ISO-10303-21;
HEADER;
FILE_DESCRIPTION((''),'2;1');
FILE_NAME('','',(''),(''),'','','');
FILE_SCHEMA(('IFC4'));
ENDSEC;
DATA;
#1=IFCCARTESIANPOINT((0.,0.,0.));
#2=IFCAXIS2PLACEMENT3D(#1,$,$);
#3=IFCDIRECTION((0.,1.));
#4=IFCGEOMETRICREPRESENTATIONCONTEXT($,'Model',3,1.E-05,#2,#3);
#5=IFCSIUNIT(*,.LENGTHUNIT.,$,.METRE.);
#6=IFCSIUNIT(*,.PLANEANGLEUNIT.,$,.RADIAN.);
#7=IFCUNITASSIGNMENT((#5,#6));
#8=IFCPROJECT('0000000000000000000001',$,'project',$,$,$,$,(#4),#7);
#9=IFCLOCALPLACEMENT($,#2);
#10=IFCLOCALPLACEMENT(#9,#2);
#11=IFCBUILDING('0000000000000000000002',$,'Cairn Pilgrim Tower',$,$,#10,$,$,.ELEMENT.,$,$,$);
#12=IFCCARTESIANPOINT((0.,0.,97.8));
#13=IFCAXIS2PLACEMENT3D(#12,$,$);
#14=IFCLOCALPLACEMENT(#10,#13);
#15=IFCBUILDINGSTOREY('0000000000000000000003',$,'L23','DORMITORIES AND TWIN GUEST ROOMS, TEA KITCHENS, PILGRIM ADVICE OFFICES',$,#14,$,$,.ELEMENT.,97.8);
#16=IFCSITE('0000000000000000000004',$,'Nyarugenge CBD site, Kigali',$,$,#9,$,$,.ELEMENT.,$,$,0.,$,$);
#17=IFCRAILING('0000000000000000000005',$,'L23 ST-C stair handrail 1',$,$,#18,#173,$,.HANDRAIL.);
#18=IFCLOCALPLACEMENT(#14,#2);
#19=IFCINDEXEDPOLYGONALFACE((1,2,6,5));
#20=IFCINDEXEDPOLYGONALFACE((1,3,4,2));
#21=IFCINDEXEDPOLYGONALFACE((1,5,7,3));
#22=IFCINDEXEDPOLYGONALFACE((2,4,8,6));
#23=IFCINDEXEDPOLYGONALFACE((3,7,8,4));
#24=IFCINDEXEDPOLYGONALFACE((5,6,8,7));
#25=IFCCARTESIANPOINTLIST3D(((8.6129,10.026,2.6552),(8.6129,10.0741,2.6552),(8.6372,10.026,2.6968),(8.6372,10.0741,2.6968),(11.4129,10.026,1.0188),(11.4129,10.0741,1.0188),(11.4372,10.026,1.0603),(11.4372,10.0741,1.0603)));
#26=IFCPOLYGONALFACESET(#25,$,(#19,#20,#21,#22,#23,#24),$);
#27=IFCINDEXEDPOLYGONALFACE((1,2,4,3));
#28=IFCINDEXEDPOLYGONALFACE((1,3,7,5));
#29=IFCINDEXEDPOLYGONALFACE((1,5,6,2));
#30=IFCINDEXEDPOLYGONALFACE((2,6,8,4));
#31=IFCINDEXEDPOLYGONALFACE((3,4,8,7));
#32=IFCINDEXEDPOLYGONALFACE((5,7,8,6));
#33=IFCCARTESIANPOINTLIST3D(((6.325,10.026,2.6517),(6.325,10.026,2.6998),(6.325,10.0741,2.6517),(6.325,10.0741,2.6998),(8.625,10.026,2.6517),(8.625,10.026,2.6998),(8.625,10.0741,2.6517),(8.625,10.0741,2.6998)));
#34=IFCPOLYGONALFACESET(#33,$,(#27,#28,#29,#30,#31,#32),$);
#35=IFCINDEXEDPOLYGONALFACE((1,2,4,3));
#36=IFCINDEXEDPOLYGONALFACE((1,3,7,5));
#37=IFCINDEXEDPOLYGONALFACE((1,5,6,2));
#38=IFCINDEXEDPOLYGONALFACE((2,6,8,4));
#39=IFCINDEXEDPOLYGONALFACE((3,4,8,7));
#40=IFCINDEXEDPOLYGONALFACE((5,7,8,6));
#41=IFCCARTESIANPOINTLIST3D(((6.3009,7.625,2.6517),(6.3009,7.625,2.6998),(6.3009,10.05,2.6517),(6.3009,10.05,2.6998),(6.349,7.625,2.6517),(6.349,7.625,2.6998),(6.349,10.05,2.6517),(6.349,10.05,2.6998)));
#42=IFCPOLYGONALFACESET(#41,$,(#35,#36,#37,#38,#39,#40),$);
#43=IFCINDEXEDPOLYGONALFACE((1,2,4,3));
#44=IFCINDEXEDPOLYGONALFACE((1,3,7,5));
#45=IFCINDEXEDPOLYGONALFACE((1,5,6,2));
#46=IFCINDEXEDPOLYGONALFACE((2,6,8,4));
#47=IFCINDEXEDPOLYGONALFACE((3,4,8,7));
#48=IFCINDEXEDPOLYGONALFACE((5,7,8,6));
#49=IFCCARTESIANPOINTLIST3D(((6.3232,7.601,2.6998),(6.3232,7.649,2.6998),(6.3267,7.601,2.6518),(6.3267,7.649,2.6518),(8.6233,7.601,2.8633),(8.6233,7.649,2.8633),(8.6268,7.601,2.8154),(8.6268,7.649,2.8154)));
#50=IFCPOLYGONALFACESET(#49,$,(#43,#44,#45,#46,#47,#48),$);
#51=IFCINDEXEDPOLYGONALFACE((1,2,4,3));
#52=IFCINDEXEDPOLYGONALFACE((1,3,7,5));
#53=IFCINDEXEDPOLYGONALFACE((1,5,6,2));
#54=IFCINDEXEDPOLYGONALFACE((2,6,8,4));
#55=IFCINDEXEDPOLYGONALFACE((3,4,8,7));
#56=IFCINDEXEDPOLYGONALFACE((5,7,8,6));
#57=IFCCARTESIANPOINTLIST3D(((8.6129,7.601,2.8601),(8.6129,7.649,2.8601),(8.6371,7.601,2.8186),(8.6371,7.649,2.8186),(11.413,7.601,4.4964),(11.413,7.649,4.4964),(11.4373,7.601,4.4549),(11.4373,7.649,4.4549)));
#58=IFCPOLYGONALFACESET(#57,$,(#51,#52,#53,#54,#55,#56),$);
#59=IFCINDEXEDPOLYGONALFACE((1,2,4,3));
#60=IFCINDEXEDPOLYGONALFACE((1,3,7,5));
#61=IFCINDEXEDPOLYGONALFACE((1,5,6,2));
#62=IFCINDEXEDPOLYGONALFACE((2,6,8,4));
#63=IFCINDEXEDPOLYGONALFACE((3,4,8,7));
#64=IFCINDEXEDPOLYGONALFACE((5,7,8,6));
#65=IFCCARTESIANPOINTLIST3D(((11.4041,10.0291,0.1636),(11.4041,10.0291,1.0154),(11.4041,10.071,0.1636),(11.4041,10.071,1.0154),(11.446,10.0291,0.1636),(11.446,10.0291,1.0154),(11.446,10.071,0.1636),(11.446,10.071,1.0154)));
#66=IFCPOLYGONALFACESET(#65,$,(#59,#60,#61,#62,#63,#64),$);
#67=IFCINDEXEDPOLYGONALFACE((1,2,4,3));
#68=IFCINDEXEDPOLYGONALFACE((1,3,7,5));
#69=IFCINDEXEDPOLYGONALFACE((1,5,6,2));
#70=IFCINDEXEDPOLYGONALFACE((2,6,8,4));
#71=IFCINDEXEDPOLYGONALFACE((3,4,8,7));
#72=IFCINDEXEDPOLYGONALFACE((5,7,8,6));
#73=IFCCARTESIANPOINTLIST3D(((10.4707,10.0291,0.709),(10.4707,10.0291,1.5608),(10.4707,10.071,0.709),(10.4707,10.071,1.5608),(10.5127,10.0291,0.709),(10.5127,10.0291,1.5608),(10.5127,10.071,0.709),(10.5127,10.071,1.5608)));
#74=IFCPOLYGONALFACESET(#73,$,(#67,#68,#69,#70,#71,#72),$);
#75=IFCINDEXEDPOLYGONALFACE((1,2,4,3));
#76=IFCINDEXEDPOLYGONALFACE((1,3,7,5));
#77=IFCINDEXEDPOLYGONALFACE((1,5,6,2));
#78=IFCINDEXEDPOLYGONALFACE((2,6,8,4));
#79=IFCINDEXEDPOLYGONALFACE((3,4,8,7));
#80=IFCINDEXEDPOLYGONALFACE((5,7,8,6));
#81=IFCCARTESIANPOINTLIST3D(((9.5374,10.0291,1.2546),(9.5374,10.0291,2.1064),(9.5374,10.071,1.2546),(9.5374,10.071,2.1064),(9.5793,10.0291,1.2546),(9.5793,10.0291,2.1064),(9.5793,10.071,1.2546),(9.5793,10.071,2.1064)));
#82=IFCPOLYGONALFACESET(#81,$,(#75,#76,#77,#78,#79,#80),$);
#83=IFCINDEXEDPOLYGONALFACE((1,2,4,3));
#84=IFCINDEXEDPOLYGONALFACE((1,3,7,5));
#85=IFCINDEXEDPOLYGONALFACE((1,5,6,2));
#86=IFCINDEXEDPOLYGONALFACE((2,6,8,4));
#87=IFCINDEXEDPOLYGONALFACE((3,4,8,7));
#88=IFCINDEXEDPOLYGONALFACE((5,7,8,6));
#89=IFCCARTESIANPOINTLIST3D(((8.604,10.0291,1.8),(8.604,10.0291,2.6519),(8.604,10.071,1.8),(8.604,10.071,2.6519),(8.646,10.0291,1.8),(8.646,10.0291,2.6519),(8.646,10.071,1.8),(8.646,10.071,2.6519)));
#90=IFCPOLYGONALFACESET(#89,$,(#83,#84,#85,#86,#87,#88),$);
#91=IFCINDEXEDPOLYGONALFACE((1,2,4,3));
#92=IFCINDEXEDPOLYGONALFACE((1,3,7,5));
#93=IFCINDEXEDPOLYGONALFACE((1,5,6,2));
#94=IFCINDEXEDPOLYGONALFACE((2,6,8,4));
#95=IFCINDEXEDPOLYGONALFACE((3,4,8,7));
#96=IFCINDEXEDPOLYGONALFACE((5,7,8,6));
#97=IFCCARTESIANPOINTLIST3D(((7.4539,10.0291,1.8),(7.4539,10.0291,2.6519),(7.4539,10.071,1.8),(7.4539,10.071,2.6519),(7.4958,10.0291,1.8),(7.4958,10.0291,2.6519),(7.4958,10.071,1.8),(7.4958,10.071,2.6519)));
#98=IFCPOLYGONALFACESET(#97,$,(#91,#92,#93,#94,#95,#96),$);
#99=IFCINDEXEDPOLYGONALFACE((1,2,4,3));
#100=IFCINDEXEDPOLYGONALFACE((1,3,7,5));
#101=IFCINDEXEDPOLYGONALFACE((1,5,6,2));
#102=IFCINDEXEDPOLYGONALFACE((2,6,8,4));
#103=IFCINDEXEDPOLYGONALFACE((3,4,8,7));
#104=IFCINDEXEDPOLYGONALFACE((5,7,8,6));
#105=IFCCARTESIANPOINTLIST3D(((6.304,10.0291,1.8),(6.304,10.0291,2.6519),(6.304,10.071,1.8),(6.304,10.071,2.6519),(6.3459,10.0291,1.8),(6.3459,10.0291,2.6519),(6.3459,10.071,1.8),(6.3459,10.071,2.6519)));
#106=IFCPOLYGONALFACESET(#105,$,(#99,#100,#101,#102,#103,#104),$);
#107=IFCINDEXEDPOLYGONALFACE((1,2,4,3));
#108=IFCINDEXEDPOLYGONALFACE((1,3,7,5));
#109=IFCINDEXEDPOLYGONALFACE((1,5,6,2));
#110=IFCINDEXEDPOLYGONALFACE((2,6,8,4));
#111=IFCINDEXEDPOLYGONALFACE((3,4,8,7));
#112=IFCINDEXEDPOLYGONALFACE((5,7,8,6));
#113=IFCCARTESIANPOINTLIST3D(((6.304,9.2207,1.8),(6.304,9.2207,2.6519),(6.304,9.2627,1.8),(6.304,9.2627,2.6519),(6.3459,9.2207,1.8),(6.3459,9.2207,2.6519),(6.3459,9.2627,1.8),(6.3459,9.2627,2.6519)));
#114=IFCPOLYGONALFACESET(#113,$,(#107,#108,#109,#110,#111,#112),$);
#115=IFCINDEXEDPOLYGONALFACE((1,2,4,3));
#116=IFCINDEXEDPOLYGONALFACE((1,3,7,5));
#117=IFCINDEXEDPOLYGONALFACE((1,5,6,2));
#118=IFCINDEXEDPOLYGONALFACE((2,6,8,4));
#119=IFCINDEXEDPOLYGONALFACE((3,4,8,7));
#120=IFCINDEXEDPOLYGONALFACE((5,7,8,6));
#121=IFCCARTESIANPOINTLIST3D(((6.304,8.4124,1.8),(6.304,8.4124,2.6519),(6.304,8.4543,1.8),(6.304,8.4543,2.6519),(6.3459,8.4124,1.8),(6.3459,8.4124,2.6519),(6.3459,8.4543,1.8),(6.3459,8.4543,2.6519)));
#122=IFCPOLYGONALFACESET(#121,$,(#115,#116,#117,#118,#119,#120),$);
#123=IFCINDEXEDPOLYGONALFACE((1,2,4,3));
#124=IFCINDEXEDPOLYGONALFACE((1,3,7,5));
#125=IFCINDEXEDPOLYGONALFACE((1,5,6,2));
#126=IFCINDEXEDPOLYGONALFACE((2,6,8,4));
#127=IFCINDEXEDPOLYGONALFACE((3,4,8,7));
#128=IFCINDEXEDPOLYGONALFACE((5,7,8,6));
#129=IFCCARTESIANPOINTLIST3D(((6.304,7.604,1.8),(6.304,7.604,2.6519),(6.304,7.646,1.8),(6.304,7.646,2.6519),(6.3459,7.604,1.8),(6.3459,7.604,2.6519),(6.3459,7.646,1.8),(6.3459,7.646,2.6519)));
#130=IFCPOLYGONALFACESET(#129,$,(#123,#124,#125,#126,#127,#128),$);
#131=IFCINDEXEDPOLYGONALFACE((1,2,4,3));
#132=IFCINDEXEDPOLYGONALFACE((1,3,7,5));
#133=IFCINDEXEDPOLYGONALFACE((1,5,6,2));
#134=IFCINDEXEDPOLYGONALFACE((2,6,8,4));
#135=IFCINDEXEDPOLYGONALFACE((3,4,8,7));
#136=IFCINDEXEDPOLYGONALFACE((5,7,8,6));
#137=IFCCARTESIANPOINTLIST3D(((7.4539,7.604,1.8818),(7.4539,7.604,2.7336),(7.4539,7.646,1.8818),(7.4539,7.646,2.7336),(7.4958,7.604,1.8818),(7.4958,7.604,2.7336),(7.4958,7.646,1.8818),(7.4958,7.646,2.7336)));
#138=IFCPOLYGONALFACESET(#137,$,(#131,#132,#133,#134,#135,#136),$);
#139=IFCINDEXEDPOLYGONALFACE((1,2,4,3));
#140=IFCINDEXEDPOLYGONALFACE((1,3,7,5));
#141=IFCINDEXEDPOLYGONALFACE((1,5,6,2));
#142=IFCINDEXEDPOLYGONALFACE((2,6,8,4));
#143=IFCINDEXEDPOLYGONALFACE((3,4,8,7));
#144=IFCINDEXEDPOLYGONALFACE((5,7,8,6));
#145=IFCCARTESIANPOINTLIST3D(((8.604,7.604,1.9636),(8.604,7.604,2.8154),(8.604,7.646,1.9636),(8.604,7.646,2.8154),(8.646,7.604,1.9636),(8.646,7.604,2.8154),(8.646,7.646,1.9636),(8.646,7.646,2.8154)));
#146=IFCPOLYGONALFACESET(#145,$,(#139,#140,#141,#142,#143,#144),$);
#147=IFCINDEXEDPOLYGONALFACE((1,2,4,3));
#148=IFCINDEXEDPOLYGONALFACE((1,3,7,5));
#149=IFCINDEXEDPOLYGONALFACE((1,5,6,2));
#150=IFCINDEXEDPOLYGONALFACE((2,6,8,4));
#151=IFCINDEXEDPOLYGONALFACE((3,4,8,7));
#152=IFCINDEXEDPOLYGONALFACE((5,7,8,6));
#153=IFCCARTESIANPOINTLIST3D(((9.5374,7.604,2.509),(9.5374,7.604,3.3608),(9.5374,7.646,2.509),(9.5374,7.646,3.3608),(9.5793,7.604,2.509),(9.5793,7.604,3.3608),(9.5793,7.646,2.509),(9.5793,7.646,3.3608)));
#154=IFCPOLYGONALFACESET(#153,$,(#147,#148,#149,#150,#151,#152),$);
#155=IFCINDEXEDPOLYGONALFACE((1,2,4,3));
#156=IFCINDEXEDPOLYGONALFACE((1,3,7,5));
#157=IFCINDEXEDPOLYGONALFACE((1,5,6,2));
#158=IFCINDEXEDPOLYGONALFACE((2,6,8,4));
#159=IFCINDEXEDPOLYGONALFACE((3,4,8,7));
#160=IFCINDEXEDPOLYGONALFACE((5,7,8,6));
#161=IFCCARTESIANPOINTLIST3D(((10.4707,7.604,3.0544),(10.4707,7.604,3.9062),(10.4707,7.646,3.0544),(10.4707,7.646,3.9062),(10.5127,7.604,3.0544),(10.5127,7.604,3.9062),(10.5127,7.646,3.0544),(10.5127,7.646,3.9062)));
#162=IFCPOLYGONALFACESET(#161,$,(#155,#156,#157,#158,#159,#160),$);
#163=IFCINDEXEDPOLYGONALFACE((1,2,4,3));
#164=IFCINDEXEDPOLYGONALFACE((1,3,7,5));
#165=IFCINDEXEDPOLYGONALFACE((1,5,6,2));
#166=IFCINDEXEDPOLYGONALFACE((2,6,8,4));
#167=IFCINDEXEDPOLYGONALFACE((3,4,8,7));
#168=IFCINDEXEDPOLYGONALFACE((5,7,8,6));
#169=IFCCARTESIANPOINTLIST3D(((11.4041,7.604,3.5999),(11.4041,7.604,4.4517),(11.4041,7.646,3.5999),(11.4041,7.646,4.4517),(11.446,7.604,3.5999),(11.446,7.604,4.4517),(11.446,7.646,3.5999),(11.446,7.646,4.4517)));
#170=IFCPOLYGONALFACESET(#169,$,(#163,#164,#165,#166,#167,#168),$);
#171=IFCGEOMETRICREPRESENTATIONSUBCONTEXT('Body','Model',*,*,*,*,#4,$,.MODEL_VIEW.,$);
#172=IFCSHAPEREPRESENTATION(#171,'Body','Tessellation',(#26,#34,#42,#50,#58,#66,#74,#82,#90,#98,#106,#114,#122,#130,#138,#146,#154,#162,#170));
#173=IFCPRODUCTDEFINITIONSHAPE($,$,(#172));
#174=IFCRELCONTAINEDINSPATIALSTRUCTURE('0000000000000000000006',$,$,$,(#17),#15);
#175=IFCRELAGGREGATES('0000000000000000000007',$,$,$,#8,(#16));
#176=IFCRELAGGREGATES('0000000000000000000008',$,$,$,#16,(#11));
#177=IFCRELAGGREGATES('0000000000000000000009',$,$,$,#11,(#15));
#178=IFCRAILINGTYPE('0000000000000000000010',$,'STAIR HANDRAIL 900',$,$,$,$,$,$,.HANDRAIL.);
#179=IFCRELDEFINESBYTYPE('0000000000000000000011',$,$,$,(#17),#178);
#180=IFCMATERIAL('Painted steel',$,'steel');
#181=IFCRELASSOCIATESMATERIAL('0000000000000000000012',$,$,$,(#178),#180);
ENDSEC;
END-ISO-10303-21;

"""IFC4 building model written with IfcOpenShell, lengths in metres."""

from ifc_helpers import new_model, si_unit, direction, frame, origin, origin_2d, place, context, subcontext, project, spatial, rectangle, extrude, material, type_object, element, save


model = new_model("IFC4")

# Units and contexts
model_context = context("Model", 3, precision=1e-05, world=origin(), true_north=direction((0.0, 1.0)))
body_context = subcontext(model_context, "Body", "Model", "MODEL_VIEW")
ifc_project = project(units=[si_unit("LENGTHUNIT", "METRE"), si_unit("PLANEANGLEUNIT", "RADIAN")], contexts=[model_context])

# Site, building, storey
site_placement = place(None, origin())
site = spatial("IfcSite", under=ifc_project, at=site_placement, Name="Nyarugenge CBD site, Kigali", CompositionType="ELEMENT", RefElevation=0.0)
building_placement = place(site_placement, origin())
building = spatial("IfcBuilding", under=site, at=building_placement, Name="Cairn Pilgrim Tower", CompositionType="ELEMENT")
storey_placement = place(building_placement, frame((0.0, 0.0, 97.8)))
storey = spatial("IfcBuildingStorey", under=building, at=storey_placement, Name="L23", Description="DORMITORIES AND TWIN GUEST ROOMS, TEA KITCHENS, PILGRIM ADVICE OFFICES", CompositionType="ELEMENT", Elevation=97.8)

# Shared definitions
ifc_material_1 = material(Name="Painted steel", Category="steel")

# Railing
railing_type_1 = type_object("IfcRailingType", Name="STAIR HANDRAIL 900", PredefinedType="HANDRAIL", material=ifc_material_1)
railing_1_placement = place(storey_placement, frame((11.425, 10.05, 0.1636)))
element("IfcRailing", 1, at=railing_1_placement, inside=storey, type_object=railing_type_1, Name="L23 ST-C stair handrail 1", PredefinedType="HANDRAIL", context=body_context, shape_type="SweptSolid", body=[
    extrude(rectangle(XDim=0.0481, YDim=0.0481, at=origin_2d()), frame((0.0, 0.0, 0.876), z_axis=(-0.863361, 0.0, 0.504587), x_axis=(0.0, -1.0, 0.0)), (0.0, 0.0, 1.0), 3.2432),
    extrude(rectangle(XDim=0.0481, YDim=0.0481, at=origin_2d()), frame((-2.8, 0.0, 2.5122), z_axis=(-1.0, 0.0, 0.0), x_axis=(0.0, -1.0, 0.0)), (0.0, 0.0, 1.0), 2.3),
    extrude(rectangle(XDim=0.0481, YDim=0.0481, at=origin_2d()), frame((-5.1001, 0.0, 2.5122), z_axis=(0.0, -1.0, 0.0), x_axis=(1.0, 0.0, 0.0)), (0.0, 0.0, 1.0), 2.425),
    extrude(rectangle(XDim=0.0481, YDim=0.0481, at=origin_2d()), frame((-5.1001, -2.425, 2.5122), z_axis=(0.997481, 0.0, 0.070939), x_axis=(0.0, 1.0, 0.0)), (0.0, 0.0, 1.0), 2.3059),
    extrude(rectangle(XDim=0.0481, YDim=0.0481, at=origin_2d()), frame((-2.8, -2.425, 2.6758), z_axis=(0.863394, 0.0, 0.504531), x_axis=(0.0, 1.0, 0.0)), (0.0, 0.0, 1.0), 3.2432),
    extrude(rectangle(XDim=0.042, YDim=0.042, at=origin_2d()), origin(), (0.0, 0.0, 1.0), 0.8518),
    extrude(rectangle(XDim=0.042, YDim=0.042, at=origin_2d()), frame((-0.9333, 0.0, 0.5454)), (0.0, 0.0, 1.0), 0.8518),
    extrude(rectangle(XDim=0.042, YDim=0.042, at=origin_2d()), frame((-1.8667, 0.0, 1.0911)), (0.0, 0.0, 1.0), 0.8518),
    extrude(rectangle(XDim=0.042, YDim=0.042, at=origin_2d()), frame((-2.8, 0.0, 1.6365)), (0.0, 0.0, 1.0), 0.8518),
    extrude(rectangle(XDim=0.042, YDim=0.042, at=origin_2d()), frame((-3.9502, 0.0, 1.6365)), (0.0, 0.0, 1.0), 0.8518),
    extrude(rectangle(XDim=0.042, YDim=0.042, at=origin_2d()), frame((-5.1001, 0.0, 1.6365)), (0.0, 0.0, 1.0), 0.8518),
    extrude(rectangle(XDim=0.042, YDim=0.042, at=origin_2d()), frame((-5.1001, -0.8083, 1.6365)), (0.0, 0.0, 1.0), 0.8518),
    extrude(rectangle(XDim=0.042, YDim=0.042, at=origin_2d()), frame((-5.1001, -1.6167, 1.6365)), (0.0, 0.0, 1.0), 0.8518),
    extrude(rectangle(XDim=0.042, YDim=0.042, at=origin_2d()), frame((-5.1001, -2.425, 1.6365)), (0.0, 0.0, 1.0), 0.8518),
    extrude(rectangle(XDim=0.042, YDim=0.042, at=origin_2d()), frame((-3.9502, -2.425, 1.7183)), (0.0, 0.0, 1.0), 0.8518),
    extrude(rectangle(XDim=0.042, YDim=0.042, at=origin_2d()), frame((-2.8, -2.425, 1.8)), (0.0, 0.0, 1.0), 0.8518),
    extrude(rectangle(XDim=0.042, YDim=0.042, at=origin_2d()), frame((-1.8667, -2.425, 2.3455)), (0.0, 0.0, 1.0), 0.8518),
    extrude(rectangle(XDim=0.042, YDim=0.042, at=origin_2d()), frame((-0.9333, -2.425, 2.8909)), (0.0, 0.0, 1.0), 0.8518),
    extrude(rectangle(XDim=0.042, YDim=0.042, at=origin_2d()), frame((0.0, -2.425, 3.4363)), (0.0, 0.0, 1.0), 0.8518),
])

save(model, "model.ifc")
